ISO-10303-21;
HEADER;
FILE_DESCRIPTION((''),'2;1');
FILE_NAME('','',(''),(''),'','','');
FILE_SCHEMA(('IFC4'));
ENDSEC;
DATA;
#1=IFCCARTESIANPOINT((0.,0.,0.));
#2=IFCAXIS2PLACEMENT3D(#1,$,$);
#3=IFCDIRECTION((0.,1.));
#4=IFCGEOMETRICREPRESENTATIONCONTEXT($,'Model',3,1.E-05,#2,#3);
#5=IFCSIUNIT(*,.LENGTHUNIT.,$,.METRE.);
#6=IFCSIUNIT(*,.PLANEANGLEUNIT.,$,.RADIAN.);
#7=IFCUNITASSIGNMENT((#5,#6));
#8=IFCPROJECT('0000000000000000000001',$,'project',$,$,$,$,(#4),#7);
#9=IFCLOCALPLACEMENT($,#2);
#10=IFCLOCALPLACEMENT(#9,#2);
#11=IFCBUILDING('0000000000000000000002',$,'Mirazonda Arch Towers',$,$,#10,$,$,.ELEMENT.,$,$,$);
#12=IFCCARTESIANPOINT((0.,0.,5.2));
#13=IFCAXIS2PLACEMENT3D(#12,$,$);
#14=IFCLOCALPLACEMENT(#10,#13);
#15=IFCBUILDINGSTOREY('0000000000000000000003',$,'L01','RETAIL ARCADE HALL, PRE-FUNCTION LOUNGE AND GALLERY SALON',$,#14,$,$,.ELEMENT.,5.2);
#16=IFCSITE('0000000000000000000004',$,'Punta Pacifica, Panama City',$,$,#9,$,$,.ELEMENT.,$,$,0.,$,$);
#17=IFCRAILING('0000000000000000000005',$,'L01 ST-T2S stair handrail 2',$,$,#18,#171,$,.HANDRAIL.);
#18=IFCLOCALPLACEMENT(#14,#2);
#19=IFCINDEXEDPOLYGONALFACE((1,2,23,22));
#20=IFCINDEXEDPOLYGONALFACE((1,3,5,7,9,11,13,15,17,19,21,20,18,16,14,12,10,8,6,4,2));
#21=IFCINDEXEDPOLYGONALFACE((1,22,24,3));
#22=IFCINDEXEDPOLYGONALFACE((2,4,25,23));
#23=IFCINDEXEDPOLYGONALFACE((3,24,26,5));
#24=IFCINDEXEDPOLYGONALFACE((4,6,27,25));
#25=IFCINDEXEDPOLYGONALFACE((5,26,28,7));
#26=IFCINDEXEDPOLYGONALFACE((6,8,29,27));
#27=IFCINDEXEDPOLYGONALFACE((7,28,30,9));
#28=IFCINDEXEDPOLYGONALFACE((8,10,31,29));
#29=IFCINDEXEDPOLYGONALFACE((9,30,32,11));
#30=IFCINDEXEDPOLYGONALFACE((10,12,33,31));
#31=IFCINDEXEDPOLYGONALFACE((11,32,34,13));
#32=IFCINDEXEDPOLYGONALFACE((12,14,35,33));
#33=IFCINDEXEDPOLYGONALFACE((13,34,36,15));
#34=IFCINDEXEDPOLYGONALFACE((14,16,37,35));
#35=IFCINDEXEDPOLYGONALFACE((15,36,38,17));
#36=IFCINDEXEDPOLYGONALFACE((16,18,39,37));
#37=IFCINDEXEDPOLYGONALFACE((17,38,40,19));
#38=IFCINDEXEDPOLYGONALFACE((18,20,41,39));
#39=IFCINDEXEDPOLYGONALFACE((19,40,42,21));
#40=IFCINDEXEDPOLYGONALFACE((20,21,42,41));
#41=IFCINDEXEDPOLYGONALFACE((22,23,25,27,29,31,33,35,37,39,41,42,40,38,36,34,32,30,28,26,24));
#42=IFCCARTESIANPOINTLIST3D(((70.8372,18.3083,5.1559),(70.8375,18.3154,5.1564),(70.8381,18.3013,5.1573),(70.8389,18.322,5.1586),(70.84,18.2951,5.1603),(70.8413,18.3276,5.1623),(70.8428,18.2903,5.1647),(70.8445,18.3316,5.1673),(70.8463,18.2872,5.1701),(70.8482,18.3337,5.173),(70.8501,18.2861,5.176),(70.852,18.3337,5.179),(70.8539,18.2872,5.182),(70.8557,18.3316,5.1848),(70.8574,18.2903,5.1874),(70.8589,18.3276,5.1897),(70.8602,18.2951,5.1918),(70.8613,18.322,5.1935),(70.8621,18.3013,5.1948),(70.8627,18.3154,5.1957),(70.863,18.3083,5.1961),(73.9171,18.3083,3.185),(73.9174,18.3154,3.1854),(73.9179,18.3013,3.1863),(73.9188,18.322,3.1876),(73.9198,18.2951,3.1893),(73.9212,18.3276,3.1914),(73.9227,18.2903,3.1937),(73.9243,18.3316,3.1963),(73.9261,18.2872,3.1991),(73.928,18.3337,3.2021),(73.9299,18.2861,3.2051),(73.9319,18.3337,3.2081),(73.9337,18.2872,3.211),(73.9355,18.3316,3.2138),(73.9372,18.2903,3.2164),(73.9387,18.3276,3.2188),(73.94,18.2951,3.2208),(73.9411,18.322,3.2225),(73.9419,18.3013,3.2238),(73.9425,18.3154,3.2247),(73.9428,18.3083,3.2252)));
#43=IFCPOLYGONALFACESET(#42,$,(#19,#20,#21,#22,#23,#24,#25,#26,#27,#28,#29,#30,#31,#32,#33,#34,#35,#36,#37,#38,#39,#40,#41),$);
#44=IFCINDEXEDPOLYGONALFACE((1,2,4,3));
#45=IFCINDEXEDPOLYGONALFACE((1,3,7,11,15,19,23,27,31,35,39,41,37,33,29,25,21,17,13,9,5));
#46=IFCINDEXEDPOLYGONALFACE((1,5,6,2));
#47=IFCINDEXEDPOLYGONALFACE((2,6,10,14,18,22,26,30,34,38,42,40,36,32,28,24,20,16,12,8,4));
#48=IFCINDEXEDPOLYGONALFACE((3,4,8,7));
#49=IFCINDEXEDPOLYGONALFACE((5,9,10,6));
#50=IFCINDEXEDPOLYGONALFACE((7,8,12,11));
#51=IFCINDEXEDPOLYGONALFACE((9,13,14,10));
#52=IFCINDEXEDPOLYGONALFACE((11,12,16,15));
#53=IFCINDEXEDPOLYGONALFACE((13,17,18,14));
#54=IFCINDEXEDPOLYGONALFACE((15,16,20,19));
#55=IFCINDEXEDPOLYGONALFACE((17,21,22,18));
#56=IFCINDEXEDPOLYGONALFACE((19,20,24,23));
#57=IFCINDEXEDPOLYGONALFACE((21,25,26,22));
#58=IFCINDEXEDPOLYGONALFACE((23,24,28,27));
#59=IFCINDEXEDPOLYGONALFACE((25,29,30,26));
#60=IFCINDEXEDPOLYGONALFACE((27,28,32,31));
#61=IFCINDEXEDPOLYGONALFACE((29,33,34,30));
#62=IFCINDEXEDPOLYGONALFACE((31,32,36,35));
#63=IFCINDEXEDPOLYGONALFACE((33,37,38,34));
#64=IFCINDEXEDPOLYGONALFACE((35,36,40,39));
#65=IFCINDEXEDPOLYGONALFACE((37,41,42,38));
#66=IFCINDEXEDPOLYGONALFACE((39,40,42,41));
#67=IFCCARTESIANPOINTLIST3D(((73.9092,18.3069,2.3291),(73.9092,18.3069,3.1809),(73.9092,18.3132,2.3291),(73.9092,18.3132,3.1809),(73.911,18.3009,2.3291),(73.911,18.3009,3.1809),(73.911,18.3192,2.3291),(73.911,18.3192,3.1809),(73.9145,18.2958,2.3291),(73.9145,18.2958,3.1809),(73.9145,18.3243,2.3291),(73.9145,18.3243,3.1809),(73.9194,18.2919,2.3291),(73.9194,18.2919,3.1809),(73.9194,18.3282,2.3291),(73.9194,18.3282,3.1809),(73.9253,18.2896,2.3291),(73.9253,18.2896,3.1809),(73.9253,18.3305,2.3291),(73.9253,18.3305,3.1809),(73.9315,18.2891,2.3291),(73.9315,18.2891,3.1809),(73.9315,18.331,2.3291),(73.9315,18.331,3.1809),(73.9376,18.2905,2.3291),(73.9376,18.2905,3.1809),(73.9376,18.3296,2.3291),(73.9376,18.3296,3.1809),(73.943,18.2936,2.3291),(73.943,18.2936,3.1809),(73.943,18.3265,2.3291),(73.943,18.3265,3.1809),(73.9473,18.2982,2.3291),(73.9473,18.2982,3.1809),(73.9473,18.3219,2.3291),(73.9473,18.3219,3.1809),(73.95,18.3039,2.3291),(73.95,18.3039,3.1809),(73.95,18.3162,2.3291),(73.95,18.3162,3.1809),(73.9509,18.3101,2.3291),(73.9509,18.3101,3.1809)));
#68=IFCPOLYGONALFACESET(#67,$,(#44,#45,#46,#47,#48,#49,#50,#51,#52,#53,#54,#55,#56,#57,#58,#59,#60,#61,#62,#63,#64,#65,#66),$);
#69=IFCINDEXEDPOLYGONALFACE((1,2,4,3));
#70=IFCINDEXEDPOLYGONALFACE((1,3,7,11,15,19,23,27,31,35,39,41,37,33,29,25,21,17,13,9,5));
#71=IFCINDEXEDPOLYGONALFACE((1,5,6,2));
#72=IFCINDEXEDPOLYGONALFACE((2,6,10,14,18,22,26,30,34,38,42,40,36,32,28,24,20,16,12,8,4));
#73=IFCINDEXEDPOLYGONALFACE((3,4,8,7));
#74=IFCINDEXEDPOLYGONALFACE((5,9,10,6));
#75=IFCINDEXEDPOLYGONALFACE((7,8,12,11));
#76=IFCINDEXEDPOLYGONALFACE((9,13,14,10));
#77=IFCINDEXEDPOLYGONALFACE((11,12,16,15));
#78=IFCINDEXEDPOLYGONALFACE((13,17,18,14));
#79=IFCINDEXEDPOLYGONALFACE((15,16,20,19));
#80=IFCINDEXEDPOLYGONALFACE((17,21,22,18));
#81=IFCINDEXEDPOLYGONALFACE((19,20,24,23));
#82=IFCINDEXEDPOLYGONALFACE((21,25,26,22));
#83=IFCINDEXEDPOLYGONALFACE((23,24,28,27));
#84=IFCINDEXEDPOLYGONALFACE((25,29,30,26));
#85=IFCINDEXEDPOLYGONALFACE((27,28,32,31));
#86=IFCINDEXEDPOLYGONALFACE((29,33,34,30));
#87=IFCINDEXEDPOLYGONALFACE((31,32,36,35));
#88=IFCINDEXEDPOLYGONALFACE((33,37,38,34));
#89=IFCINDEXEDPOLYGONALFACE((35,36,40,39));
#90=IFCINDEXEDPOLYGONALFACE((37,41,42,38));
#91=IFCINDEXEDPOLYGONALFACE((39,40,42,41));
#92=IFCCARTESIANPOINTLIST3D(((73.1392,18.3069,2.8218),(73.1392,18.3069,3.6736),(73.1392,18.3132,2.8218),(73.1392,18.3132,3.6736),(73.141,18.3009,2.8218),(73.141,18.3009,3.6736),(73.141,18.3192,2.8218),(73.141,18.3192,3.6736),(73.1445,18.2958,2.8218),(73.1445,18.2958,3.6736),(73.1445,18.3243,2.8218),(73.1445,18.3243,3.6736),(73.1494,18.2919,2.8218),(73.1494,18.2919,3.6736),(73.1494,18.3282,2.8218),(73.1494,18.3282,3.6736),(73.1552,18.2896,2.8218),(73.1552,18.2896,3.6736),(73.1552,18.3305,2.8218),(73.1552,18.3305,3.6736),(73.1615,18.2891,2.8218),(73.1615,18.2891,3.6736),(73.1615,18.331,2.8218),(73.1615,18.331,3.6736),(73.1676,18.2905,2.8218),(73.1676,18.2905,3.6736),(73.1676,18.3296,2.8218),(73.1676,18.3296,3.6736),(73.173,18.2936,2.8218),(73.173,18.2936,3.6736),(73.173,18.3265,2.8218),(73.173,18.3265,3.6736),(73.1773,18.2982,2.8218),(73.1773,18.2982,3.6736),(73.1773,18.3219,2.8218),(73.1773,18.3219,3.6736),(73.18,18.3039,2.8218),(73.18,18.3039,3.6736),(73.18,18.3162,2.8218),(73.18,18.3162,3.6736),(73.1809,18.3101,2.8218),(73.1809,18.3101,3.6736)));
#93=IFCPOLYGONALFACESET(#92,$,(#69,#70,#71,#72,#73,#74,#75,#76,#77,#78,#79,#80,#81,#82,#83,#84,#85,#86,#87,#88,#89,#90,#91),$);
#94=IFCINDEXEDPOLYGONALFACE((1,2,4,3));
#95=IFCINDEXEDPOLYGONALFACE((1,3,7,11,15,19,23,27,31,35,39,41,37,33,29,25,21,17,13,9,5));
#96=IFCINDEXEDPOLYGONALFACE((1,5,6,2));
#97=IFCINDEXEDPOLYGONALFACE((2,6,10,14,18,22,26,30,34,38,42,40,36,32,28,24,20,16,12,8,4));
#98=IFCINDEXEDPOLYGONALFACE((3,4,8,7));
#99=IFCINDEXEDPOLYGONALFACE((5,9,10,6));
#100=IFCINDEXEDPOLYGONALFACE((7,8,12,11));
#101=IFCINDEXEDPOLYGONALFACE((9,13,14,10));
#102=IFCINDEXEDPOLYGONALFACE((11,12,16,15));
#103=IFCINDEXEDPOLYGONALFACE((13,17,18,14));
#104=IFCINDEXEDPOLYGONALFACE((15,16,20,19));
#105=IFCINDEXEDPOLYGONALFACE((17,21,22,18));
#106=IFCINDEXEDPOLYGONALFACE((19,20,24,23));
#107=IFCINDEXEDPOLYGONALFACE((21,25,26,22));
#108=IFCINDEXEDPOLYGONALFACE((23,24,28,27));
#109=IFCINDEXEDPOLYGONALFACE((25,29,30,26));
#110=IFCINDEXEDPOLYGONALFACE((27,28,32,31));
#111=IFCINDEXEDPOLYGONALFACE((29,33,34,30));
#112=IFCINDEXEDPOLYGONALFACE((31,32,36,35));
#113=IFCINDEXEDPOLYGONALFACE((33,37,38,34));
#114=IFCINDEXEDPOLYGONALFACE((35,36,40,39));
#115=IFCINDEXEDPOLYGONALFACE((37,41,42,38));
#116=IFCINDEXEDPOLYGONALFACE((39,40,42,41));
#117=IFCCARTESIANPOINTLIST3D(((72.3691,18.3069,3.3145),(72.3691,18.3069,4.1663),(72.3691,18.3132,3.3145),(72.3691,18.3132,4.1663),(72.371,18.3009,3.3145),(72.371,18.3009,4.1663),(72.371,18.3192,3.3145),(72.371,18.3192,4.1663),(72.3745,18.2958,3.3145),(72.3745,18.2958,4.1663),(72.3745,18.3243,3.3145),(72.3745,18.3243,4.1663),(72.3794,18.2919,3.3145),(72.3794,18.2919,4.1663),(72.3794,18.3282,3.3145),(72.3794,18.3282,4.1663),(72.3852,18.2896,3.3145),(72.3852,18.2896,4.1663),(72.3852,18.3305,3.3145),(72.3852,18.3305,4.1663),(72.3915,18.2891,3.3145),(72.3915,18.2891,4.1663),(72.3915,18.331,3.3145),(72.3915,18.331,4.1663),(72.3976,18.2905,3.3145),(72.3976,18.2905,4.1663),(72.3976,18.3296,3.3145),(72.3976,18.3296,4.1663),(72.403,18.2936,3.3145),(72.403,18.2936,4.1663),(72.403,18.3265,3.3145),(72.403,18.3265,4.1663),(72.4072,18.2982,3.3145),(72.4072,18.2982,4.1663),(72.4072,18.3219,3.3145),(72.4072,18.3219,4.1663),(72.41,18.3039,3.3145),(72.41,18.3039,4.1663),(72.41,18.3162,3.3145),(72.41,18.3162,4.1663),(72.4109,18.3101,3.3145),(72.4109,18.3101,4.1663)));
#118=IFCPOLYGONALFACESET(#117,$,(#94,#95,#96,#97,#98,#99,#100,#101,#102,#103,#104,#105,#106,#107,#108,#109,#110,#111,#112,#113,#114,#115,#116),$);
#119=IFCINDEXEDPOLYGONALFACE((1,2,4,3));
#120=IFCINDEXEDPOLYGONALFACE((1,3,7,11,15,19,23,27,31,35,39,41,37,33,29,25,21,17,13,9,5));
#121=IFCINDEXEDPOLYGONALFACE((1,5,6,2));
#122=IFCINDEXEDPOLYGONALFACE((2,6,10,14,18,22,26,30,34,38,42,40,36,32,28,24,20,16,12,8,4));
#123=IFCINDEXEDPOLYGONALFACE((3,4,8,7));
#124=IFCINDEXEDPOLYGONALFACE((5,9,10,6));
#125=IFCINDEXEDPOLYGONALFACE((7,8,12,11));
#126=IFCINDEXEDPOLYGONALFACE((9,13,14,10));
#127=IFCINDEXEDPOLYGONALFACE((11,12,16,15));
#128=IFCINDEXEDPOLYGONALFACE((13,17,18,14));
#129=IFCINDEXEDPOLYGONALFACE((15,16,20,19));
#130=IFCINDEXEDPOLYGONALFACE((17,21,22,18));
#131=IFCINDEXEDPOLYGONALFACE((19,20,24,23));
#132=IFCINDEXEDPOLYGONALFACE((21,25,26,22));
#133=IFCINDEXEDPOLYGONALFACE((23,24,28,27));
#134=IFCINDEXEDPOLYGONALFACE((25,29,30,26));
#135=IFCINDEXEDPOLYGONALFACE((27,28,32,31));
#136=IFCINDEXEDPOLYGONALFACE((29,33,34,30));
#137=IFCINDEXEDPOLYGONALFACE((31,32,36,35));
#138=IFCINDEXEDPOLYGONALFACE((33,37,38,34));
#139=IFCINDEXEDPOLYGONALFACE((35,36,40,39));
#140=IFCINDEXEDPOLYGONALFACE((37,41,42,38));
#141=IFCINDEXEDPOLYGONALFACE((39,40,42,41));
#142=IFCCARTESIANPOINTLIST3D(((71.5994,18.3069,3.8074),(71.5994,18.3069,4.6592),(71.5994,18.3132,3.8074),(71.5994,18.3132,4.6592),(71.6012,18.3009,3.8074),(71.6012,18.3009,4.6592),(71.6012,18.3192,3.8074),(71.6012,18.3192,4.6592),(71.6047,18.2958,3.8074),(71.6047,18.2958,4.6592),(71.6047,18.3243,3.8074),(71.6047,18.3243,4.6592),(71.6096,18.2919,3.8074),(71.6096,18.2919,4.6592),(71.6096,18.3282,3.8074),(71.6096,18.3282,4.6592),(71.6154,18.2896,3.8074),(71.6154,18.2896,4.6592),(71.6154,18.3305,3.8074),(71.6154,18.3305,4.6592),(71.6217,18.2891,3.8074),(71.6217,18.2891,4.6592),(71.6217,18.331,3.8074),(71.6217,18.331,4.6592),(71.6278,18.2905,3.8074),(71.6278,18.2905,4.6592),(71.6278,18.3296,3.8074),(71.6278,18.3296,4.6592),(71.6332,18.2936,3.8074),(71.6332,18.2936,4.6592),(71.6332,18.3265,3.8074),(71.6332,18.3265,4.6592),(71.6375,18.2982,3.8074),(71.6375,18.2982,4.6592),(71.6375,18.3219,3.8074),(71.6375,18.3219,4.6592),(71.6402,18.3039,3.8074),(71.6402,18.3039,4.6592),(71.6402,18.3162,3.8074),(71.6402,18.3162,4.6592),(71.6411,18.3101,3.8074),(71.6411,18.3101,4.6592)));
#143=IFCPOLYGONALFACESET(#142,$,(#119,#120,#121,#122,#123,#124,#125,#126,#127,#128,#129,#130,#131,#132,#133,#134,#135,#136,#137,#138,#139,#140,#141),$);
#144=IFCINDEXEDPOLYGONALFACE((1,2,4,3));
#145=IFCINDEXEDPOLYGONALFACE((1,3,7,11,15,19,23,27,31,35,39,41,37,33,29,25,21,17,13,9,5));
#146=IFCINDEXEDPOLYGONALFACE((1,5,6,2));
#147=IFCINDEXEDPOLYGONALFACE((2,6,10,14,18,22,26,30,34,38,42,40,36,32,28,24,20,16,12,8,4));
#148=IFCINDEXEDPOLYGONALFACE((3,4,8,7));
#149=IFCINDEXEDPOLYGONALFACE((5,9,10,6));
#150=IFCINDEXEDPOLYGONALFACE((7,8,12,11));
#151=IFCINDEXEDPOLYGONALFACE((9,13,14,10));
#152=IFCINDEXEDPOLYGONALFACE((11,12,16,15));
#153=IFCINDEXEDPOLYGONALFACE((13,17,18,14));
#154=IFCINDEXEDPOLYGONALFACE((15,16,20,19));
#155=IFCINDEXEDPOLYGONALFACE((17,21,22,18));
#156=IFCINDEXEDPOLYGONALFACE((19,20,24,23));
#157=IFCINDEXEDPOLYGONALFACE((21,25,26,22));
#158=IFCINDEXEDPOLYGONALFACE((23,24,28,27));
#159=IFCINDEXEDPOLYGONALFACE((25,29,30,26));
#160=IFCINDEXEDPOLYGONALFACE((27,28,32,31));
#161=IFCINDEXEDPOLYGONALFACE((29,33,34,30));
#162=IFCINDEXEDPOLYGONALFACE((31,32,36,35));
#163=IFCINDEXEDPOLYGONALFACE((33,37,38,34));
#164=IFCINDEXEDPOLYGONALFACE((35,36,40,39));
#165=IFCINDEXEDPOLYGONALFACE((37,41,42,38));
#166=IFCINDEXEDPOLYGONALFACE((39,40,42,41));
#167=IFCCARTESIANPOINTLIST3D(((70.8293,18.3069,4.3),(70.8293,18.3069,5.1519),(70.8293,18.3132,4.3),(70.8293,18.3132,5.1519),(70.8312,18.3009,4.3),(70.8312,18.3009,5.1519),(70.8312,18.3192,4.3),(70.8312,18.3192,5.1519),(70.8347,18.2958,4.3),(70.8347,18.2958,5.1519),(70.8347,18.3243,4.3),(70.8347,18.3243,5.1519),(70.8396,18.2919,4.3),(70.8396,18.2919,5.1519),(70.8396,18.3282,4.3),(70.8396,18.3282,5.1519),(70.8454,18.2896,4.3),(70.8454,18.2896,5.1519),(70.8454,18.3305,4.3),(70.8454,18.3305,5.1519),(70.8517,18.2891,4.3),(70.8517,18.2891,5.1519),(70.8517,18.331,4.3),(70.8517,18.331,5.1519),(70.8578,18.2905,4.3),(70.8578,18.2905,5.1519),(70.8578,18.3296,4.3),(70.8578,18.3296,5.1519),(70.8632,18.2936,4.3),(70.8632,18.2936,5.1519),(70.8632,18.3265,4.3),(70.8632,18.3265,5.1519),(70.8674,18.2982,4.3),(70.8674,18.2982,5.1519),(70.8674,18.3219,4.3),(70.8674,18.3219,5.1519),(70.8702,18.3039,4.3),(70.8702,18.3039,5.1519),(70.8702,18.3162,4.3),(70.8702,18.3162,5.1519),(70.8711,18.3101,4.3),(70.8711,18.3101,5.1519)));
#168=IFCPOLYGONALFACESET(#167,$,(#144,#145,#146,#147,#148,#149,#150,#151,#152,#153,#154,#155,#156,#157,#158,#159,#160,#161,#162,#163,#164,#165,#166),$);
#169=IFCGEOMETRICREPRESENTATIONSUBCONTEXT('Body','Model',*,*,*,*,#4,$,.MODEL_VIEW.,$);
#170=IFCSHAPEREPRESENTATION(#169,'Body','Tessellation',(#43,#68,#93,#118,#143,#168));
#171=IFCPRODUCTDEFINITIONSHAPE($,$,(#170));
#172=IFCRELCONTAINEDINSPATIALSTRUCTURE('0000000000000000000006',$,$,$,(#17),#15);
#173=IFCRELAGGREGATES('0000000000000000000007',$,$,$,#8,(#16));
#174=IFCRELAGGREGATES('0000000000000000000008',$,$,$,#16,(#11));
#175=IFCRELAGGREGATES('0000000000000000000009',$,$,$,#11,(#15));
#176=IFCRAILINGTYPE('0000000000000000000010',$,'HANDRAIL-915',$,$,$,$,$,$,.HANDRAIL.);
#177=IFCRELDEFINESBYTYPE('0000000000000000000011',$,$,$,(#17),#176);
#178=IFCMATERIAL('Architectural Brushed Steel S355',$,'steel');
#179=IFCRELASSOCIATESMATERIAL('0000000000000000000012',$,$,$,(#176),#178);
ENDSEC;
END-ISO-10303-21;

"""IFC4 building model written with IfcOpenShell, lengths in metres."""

from ifc_helpers import new_model, si_unit, direction, frame, origin, origin_2d, place, context, subcontext, project, spatial, circle, extrude, material, type_object, element, save


model = new_model("IFC4")

# Units and contexts
model_context = context("Model", 3, precision=1e-05, world=origin(), true_north=direction((0.0, 1.0)))
body_context = subcontext(model_context, "Body", "Model", "MODEL_VIEW")
ifc_project = project(units=[si_unit("LENGTHUNIT", "METRE"), si_unit("PLANEANGLEUNIT", "RADIAN")], contexts=[model_context])

# Site, building, storey
site_placement = place(None, origin())
site = spatial("IfcSite", under=ifc_project, at=site_placement, Name="Punta Pacifica, Panama City", CompositionType="ELEMENT", RefElevation=0.0)
building_placement = place(site_placement, origin())
building = spatial("IfcBuilding", under=site, at=building_placement, Name="Mirazonda Arch Towers", CompositionType="ELEMENT")
storey_placement = place(building_placement, frame((0.0, 0.0, 5.2)))
storey = spatial("IfcBuildingStorey", under=building, at=storey_placement, Name="L01", Description="RETAIL ARCADE HALL, PRE-FUNCTION LOUNGE AND GALLERY SALON", CompositionType="ELEMENT", Elevation=5.2)

# Railing
ifc_material_1 = material(Name="Architectural Brushed Steel S355", Category="steel")
railing_type_1 = type_object("IfcRailingType", Name="HANDRAIL-915", PredefinedType="HANDRAIL", material=ifc_material_1)
railing_1_placement = place(storey_placement, frame((73.9299, 18.3101, 2.3291)))
element("IfcRailing", 1, at=railing_1_placement, inside=storey, type_object=railing_type_1, Name="L01 ST-T2S stair handrail 2", PredefinedType="HANDRAIL", context=body_context, shape_type="SweptSolid", body=[
    extrude(circle(Radius=0.0239, at=origin_2d()), frame((0.0, 0.0, 0.876), z_axis=(-0.84229, 0.0, 0.539025), x_axis=(0.0, -1.0, 0.0)), (0.0, 0.0, 1.0), 3.6565),
    extrude(circle(Radius=0.021, at=origin_2d()), origin(), (0.0, 0.0, 1.0), 0.8518),
    extrude(circle(Radius=0.021, at=origin_2d()), frame((-0.77, 0.0, 0.4927)), (0.0, 0.0, 1.0), 0.8518),
    extrude(circle(Radius=0.021, at=origin_2d()), frame((-1.54, 0.0, 0.9854)), (0.0, 0.0, 1.0), 0.8518),
    extrude(circle(Radius=0.021, at=origin_2d()), frame((-2.3098, 0.0, 1.4783)), (0.0, 0.0, 1.0), 0.8518),
    extrude(circle(Radius=0.021, at=origin_2d()), frame((-3.0798, 0.0, 1.9709)), (0.0, 0.0, 1.0), 0.8518),
])

save(model, "model.ifc")
